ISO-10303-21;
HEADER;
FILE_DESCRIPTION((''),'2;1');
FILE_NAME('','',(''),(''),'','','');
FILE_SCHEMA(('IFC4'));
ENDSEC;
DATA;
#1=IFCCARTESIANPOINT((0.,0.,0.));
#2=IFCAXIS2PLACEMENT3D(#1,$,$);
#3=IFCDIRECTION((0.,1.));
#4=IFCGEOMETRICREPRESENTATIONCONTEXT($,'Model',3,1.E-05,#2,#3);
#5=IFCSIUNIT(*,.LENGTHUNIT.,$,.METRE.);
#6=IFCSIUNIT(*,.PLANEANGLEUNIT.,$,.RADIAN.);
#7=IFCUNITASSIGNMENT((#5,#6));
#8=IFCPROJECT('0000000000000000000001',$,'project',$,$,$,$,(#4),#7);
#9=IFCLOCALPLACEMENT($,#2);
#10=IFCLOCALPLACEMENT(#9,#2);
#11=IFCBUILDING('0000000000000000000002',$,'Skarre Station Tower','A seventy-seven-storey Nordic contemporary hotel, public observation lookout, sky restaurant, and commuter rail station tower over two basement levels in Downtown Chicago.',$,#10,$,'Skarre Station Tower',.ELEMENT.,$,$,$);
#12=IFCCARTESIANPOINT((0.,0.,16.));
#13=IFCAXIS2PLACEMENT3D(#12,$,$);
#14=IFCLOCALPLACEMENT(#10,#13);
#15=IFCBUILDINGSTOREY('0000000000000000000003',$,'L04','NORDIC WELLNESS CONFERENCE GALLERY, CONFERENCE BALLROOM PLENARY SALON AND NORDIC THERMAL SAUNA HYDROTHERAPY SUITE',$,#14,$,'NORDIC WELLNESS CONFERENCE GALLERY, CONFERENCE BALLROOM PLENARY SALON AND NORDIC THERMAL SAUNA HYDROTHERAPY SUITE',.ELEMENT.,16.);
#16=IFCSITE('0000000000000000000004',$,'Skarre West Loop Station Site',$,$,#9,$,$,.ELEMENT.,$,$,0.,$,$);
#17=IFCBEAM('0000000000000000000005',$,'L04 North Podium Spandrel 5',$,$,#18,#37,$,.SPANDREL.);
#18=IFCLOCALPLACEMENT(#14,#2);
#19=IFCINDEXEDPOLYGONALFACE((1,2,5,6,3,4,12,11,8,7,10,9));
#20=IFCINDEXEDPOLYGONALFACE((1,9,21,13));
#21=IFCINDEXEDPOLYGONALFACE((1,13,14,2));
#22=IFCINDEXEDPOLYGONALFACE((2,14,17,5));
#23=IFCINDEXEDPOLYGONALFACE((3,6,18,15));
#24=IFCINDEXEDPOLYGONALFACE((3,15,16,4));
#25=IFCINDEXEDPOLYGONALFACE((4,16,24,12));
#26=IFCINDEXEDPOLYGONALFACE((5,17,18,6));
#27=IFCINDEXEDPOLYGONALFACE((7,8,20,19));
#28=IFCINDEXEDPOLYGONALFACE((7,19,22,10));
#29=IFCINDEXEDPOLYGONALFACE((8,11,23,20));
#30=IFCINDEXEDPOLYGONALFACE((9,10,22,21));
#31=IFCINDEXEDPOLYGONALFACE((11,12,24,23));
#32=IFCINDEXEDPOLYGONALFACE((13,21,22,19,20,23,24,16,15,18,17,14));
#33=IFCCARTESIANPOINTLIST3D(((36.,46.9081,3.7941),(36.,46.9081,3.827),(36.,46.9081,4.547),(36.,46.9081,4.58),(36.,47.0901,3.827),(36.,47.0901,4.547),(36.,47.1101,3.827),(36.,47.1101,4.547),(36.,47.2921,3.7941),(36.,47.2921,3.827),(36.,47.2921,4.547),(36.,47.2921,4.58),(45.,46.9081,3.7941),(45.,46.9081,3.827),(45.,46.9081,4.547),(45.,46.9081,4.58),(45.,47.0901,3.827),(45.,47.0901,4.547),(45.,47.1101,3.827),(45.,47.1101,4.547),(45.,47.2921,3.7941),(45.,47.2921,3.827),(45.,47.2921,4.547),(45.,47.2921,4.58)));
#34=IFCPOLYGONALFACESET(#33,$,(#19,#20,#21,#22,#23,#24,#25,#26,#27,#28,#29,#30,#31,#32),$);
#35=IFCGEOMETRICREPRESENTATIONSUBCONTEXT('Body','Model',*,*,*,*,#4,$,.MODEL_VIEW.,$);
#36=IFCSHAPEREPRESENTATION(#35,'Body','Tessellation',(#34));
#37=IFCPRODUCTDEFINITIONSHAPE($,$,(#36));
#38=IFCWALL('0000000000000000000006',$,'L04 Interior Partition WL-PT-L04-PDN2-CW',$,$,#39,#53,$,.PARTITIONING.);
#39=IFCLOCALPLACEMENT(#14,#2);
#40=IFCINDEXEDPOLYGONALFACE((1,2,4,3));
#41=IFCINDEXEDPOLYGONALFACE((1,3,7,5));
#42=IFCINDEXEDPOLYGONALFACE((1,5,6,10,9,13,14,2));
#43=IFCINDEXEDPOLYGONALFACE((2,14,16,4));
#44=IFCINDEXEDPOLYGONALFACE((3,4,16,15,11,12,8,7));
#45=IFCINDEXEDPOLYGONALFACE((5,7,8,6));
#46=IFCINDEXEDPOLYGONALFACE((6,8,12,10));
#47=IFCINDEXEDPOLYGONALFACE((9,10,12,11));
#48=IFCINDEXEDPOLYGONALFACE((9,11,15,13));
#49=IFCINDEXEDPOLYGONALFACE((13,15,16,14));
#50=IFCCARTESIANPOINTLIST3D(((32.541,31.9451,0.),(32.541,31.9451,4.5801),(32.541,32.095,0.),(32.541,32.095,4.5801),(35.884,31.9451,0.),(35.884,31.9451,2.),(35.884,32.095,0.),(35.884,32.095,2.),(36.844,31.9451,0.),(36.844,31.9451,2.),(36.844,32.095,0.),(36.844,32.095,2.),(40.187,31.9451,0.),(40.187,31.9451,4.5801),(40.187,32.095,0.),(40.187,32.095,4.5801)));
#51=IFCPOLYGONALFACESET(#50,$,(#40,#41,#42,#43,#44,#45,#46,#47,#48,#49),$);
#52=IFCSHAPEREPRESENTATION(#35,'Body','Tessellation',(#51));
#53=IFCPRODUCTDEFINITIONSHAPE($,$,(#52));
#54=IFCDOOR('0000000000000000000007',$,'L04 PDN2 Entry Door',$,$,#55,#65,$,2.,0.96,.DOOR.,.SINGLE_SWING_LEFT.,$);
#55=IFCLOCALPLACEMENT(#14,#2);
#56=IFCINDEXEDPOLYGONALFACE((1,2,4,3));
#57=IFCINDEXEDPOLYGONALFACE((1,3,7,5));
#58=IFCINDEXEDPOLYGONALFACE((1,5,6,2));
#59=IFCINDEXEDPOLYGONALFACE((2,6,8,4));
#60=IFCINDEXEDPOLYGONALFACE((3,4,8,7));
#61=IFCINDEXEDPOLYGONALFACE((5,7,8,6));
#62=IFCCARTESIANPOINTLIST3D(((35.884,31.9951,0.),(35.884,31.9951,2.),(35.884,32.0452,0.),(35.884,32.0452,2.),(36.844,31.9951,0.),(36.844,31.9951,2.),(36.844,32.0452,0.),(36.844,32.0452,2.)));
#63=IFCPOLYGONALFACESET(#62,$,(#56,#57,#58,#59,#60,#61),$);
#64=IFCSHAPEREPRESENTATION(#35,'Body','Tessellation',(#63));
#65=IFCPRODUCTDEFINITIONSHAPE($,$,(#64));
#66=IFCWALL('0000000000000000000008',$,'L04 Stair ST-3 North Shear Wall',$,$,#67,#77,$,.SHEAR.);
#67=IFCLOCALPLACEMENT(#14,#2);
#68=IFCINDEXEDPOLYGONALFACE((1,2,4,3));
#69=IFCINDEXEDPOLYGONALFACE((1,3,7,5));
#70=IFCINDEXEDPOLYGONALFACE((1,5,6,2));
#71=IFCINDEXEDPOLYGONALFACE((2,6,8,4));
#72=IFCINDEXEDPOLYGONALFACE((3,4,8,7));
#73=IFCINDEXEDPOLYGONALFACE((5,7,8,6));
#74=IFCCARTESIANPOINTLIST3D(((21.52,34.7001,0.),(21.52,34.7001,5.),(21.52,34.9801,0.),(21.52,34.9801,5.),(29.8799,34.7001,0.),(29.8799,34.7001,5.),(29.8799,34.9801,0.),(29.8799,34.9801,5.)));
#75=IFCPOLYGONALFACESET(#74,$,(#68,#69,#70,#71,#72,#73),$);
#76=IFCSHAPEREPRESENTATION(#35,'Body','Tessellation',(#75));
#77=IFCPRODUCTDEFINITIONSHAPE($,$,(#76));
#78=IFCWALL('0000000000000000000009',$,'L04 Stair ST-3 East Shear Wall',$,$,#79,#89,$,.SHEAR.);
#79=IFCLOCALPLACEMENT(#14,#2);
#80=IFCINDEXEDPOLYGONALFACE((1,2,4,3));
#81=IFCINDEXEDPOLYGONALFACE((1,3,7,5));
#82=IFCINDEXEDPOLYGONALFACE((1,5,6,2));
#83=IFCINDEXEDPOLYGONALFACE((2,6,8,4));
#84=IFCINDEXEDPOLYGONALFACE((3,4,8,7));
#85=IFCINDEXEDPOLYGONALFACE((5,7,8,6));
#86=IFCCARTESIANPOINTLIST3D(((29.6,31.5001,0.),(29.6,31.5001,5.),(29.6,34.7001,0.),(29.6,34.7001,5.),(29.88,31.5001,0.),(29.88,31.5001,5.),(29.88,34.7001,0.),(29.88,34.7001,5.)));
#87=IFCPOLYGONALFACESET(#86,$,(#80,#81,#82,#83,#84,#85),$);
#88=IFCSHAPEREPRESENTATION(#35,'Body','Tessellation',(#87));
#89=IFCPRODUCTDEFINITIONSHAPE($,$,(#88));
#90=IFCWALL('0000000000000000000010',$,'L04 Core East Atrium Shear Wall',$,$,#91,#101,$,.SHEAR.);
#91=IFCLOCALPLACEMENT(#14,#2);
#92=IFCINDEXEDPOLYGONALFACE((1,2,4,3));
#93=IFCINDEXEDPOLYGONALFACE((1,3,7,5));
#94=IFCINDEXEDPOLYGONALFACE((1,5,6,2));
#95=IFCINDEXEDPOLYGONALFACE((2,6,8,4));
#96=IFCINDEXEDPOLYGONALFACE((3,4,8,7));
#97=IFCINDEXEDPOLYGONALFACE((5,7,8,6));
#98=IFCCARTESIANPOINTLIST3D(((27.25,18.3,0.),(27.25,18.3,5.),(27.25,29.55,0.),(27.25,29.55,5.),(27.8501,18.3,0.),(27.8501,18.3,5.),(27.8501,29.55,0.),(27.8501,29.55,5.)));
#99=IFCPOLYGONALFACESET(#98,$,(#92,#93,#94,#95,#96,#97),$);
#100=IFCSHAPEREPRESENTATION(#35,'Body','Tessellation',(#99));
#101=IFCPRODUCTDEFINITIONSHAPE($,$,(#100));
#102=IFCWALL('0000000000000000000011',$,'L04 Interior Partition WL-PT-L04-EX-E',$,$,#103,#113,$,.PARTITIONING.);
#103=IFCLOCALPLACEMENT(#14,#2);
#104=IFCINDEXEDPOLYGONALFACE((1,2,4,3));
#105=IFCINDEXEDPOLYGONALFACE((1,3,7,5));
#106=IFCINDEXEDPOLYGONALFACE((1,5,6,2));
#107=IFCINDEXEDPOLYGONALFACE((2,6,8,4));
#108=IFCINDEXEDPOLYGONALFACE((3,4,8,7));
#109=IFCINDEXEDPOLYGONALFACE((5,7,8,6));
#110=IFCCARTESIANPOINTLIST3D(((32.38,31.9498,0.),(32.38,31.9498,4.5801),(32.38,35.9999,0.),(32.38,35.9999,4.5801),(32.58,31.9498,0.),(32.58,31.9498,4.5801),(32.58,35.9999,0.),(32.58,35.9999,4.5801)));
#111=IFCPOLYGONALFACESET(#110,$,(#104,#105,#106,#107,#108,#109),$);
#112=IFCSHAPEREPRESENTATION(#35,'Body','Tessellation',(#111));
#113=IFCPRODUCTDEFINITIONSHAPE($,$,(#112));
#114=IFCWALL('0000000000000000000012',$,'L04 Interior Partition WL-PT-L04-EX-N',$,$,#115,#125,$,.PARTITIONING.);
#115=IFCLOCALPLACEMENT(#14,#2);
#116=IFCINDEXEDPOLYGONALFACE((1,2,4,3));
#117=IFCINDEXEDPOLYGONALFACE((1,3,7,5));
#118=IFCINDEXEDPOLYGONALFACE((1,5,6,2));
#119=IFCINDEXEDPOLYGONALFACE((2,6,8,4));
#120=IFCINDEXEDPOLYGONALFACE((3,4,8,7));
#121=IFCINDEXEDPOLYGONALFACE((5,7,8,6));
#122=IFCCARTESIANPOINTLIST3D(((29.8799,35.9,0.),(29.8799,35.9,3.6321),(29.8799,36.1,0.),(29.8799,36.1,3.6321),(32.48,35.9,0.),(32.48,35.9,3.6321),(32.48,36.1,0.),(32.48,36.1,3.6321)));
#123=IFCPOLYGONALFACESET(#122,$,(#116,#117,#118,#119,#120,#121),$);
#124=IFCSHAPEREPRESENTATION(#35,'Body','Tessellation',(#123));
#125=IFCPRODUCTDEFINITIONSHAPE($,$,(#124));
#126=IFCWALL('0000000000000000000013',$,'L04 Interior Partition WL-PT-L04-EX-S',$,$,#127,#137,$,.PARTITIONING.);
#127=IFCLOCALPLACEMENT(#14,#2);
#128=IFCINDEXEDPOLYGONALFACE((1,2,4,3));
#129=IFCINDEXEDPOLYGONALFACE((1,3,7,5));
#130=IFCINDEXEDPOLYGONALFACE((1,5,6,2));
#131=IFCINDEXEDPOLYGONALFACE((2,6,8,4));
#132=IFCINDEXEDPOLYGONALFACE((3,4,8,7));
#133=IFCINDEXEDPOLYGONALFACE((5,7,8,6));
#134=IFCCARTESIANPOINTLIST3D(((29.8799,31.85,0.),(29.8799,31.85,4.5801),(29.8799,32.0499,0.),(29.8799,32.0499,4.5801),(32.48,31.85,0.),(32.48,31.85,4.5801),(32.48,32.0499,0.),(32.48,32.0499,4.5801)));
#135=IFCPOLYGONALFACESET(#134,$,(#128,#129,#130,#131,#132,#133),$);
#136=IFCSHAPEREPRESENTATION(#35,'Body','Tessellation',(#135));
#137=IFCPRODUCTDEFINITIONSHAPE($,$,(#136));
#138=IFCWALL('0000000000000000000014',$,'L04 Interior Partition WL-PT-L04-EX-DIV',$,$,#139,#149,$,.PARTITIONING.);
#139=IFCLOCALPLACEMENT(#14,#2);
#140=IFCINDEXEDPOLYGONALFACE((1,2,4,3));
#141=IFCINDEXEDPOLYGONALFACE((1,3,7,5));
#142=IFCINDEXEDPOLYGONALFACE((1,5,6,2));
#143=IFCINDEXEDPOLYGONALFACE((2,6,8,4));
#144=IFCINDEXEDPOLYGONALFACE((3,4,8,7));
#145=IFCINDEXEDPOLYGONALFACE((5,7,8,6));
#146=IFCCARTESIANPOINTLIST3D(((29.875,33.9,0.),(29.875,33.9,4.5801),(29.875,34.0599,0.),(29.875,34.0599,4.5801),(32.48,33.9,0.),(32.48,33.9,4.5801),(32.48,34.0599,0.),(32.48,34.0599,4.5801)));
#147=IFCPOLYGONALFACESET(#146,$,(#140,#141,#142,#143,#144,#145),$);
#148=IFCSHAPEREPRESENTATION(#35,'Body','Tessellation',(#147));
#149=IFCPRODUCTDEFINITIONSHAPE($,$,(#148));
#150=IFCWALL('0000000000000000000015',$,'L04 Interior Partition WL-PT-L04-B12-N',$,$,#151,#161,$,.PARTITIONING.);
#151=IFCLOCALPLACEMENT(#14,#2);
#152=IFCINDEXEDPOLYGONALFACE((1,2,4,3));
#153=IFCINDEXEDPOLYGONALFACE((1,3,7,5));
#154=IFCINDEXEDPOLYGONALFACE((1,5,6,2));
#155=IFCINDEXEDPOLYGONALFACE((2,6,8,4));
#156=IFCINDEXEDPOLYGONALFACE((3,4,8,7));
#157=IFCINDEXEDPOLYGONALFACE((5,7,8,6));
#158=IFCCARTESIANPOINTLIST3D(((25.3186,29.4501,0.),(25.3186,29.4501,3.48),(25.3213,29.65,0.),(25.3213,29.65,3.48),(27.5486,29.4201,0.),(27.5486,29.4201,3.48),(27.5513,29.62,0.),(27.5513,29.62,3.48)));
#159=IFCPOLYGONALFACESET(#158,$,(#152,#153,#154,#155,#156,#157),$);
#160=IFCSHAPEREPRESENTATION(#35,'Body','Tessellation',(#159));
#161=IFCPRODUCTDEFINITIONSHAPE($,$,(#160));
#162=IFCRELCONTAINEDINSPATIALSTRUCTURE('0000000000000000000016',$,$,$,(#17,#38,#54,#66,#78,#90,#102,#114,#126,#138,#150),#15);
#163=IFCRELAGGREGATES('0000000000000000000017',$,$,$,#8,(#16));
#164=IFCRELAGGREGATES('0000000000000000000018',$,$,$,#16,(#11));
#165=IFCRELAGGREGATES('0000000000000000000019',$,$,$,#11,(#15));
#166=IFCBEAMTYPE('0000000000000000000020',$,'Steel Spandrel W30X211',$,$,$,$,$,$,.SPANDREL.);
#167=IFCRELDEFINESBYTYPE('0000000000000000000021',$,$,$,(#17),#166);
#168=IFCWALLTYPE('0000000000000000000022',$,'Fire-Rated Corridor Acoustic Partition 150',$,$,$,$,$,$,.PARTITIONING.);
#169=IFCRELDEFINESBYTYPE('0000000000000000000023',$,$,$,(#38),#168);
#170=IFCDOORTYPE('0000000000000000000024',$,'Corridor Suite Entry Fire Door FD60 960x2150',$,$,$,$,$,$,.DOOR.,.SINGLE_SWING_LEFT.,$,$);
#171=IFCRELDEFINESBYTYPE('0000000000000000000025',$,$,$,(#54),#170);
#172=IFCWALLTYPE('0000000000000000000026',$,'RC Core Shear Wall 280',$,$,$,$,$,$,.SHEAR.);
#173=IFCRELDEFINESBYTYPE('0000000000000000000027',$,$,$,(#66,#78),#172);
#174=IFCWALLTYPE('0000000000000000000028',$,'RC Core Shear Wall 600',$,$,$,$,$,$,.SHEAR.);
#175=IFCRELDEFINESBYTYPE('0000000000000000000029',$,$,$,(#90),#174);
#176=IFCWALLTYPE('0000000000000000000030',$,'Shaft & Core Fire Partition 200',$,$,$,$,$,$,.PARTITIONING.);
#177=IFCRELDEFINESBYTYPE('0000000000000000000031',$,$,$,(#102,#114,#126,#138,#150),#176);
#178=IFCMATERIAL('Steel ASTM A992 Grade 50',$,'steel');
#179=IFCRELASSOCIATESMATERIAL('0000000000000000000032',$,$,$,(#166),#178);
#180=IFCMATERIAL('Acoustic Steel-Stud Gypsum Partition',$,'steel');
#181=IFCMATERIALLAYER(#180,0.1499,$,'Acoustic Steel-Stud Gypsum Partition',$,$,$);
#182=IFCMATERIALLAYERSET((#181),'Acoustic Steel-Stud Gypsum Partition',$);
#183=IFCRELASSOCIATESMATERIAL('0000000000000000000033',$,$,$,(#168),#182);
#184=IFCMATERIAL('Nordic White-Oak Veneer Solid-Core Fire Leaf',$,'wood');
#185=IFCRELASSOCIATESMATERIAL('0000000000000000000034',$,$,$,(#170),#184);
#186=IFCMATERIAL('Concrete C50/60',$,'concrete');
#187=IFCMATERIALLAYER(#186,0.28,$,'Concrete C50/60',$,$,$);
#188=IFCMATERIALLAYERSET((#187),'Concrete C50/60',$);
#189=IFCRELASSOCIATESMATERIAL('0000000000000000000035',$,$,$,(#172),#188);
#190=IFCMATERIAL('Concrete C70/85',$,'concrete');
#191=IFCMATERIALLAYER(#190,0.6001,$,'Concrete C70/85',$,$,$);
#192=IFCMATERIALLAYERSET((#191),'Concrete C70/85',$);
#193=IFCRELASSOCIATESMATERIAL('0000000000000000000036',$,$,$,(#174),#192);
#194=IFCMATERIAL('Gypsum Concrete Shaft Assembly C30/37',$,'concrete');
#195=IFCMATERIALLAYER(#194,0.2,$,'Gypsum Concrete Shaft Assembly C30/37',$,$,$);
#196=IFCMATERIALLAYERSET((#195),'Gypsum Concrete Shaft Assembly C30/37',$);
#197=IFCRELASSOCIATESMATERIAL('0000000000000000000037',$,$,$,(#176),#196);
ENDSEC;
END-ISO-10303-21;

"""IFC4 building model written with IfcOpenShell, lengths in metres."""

from ifc_helpers import new_model, si_unit, direction, frame, frame_2d, origin, origin_2d, place, context, subcontext, project, spatial, rectangle, i_section, extrude, material, layer, layer_set, material_profile, profile_set, type_object, element, fill, save


model = new_model("IFC4")

# Units and contexts
model_context = context("Model", 3, precision=1e-05, world=origin(), true_north=direction((0.0, 1.0)))
body_context = subcontext(model_context, "Body", "Model", "MODEL_VIEW")
ifc_project = project(units=[si_unit("LENGTHUNIT", "METRE"), si_unit("PLANEANGLEUNIT", "RADIAN")], contexts=[model_context])

# Site, building, storey
site_placement = place(None, origin())
site = spatial("IfcSite", under=ifc_project, at=site_placement, Name="Skarre West Loop Station Site", CompositionType="ELEMENT", RefElevation=0.0)
building_placement = place(site_placement, origin())
building = spatial("IfcBuilding", under=site, at=building_placement, Name="Skarre Station Tower", Description="A seventy-seven-storey Nordic contemporary hotel, public observation lookout, sky restaurant, and commuter rail station tower over two basement levels in Downtown Chicago.", LongName="Skarre Station Tower", CompositionType="ELEMENT")
storey_placement = place(building_placement, frame((0.0, 0.0, 16.0)))
storey = spatial("IfcBuildingStorey", under=building, at=storey_placement, Name="L04", Description="NORDIC WELLNESS CONFERENCE GALLERY, CONFERENCE BALLROOM PLENARY SALON AND NORDIC THERMAL SAUNA HYDROTHERAPY SUITE", LongName="NORDIC WELLNESS CONFERENCE GALLERY, CONFERENCE BALLROOM PLENARY SALON AND NORDIC THERMAL SAUNA HYDROTHERAPY SUITE", CompositionType="ELEMENT", Elevation=16.0)

# Shared definitions
ifc_material_1 = material(Name="Concrete C70/85", Category="concrete")

# Beam
ifc_material_2 = material(Name="Steel ASTM A992 Grade 50", Category="steel")
ifc_material_profile_1 = material_profile(ifc_material_2, i_section(OverallWidth=0.384, OverallDepth=0.7859, WebThickness=0.02, FlangeThickness=0.033, at=origin_2d()), Name="Steel ASTM A992 Grade 50")
ifc_profile_set_1 = profile_set([ifc_material_profile_1], Name="Steel ASTM A992 Grade 50")
beam_type_1 = type_object("IfcBeamType", Name="Steel Spandrel W30X211", PredefinedType="SPANDREL", material=ifc_profile_set_1)
beam_1_placement = place(storey_placement, frame((36.0, 47.1001, 4.187), z_axis=(1.0, 0.0, 0.0), x_axis=(0.0, 1.0, 0.0)))
element("IfcBeam", 1, at=beam_1_placement, inside=storey, type_object=beam_type_1, Name="L04 North Podium Spandrel 5", PredefinedType="SPANDREL", context=body_context, shape_type="SweptSolid", body=[
    extrude(i_section(OverallWidth=0.384, OverallDepth=0.7859, WebThickness=0.02, FlangeThickness=0.033, at=origin_2d()), origin(), (0.0, 0.0, 1.0), 9.0),
])

# Wall, opening, door
ifc_material_3 = material(Name="Acoustic Steel-Stud Gypsum Partition", Category="steel")
ifc_layer_1 = layer(ifc_material_3, 0.1499, Name="Acoustic Steel-Stud Gypsum Partition")
ifc_layer_set_1 = layer_set([ifc_layer_1], Name="Acoustic Steel-Stud Gypsum Partition")
wall_type_1 = type_object("IfcWallType", Name="Fire-Rated Corridor Acoustic Partition 150", PredefinedType="PARTITIONING", material=ifc_layer_set_1)
wall_1_placement = place(storey_placement, frame((40.187, 32.02, 0.0), z_axis=(0.0, 0.0, 1.0), x_axis=(-1.0, 0.0, 0.0)))
wall_1 = element("IfcWall", 2, at=wall_1_placement, inside=storey, type_object=wall_type_1, Name="L04 Interior Partition WL-PT-L04-PDN2-CW", PredefinedType="PARTITIONING", context=body_context, shape_type="SweptSolid", body=[
    extrude(rectangle(XDim=7.646, YDim=0.1499, at=frame_2d((3.823, 0.0))), origin(), (0.0, 0.0, 1.0), 4.5801),
])
opening_placement = place(wall_1_placement, frame((3.343, 0.0, 0.0)))
opening = element("IfcOpeningElement", 3, at=opening_placement, cuts=wall_1, PredefinedType="OPENING", context=body_context, shape_type="SweptSolid", body=[
    extrude(rectangle(XDim=0.96, YDim=2.0, at=frame_2d((0.48, 1.0))), frame((0.0, 0.085, 0.0), z_axis=(0.0, -1.0, 0.0), x_axis=(1.0, 0.0, 0.0)), (0.0, 0.0, 1.0), 0.1699),
])
ifc_material_4 = material(Name="Nordic White-Oak Veneer Solid-Core Fire Leaf", Category="wood")
door_type = type_object("IfcDoorType", Name="Corridor Suite Entry Fire Door FD60 960x2150", OperationType="SINGLE_SWING_LEFT", PredefinedType="DOOR", material=ifc_material_4)
door_placement = place(opening_placement, origin())
door = element("IfcDoor", 4, at=door_placement, inside=storey, type_object=door_type, Name="L04 PDN2 Entry Door", OperationType="SINGLE_SWING_LEFT", OverallHeight=2.0, OverallWidth=0.96, PredefinedType="DOOR", context=body_context, shape_type="SweptSolid", body=[
    extrude(rectangle(XDim=0.96, YDim=2.0, at=frame_2d((0.48, 1.0))), frame((0.0, 0.0249, 0.0), z_axis=(0.0, -1.0, 0.0), x_axis=(1.0, 0.0, 0.0)), (0.0, 0.0, 1.0), 0.05),
])
fill(opening, door)

# Walls
ifc_material_5 = material(Name="Concrete C50/60", Category="concrete")
ifc_layer_2 = layer(ifc_material_5, 0.28, Name="Concrete C50/60")
ifc_layer_set_2 = layer_set([ifc_layer_2], Name="Concrete C50/60")
wall_type_2 = type_object("IfcWallType", Name="RC Core Shear Wall 280", PredefinedType="SHEAR", material=ifc_layer_set_2)
wall_2_placement = place(storey_placement, frame((29.8799, 34.8401, 0.0), z_axis=(0.0, 0.0, 1.0), x_axis=(-1.0, 0.0, 0.0)))
element("IfcWall", 5, at=wall_2_placement, inside=storey, type_object=wall_type_2, Name="L04 Stair ST-3 North Shear Wall", PredefinedType="SHEAR", context=body_context, shape_type="SweptSolid", body=[
    extrude(rectangle(XDim=8.3599, YDim=0.28, at=frame_2d((4.1799, 0.0))), origin(), (0.0, 0.0, 1.0), 5.0),
])
wall_3_placement = place(storey_placement, frame((29.74, 31.5, 0.0), z_axis=(0.0, 0.0, 1.0), x_axis=(0.0, 1.0, 0.0)))
element("IfcWall", 6, at=wall_3_placement, inside=storey, type_object=wall_type_2, Name="L04 Stair ST-3 East Shear Wall", PredefinedType="SHEAR", context=body_context, shape_type="SweptSolid", body=[
    extrude(rectangle(XDim=3.2, YDim=0.28, at=frame_2d((1.6001, 0.0))), origin(), (0.0, 0.0, 1.0), 5.0),
])
ifc_layer_3 = layer(ifc_material_1, 0.6001, Name="Concrete C70/85")
ifc_layer_set_3 = layer_set([ifc_layer_3], Name="Concrete C70/85")
wall_type_3 = type_object("IfcWallType", Name="RC Core Shear Wall 600", PredefinedType="SHEAR", material=ifc_layer_set_3)
wall_4_placement = place(storey_placement, frame((27.55, 29.55, 0.0), z_axis=(0.0, 0.0, 1.0), x_axis=(0.0, -1.0, 0.0)))
element("IfcWall", 7, at=wall_4_placement, inside=storey, type_object=wall_type_3, Name="L04 Core East Atrium Shear Wall", PredefinedType="SHEAR", context=body_context, shape_type="SweptSolid", body=[
    extrude(rectangle(XDim=11.25, YDim=0.6001, at=frame_2d((5.625, 0.0))), origin(), (0.0, 0.0, 1.0), 5.0),
])
ifc_material_6 = material(Name="Gypsum Concrete Shaft Assembly C30/37", Category="concrete")
ifc_layer_4 = layer(ifc_material_6, 0.2, Name="Gypsum Concrete Shaft Assembly C30/37")
ifc_layer_set_4 = layer_set([ifc_layer_4], Name="Gypsum Concrete Shaft Assembly C30/37")
wall_type_4 = type_object("IfcWallType", Name="Shaft & Core Fire Partition 200", PredefinedType="PARTITIONING", material=ifc_layer_set_4)
wall_5_placement = place(storey_placement, frame((32.48, 31.95, 0.0), z_axis=(0.0, 0.0, 1.0), x_axis=(0.0, 1.0, 0.0)))
element("IfcWall", 8, at=wall_5_placement, inside=storey, type_object=wall_type_4, Name="L04 Interior Partition WL-PT-L04-EX-E", PredefinedType="PARTITIONING", context=body_context, shape_type="SweptSolid", body=[
    extrude(rectangle(XDim=4.05, YDim=0.2, at=frame_2d((2.0249, 0.0))), origin(), (0.0, 0.0, 1.0), 4.5801),
])
wall_6_placement = place(storey_placement, frame((29.8799, 36.0, 0.0), z_axis=(0.0, 0.0, 1.0), x_axis=(1.0, 0.0, 0.0)))
element("IfcWall", 9, at=wall_6_placement, inside=storey, type_object=wall_type_4, Name="L04 Interior Partition WL-PT-L04-EX-N", PredefinedType="PARTITIONING", context=body_context, shape_type="SweptSolid", body=[
    extrude(rectangle(XDim=2.6001, YDim=0.2, at=frame_2d((1.3, 0.0))), origin(), (0.0, 0.0, 1.0), 3.6321),
])
wall_7_placement = place(storey_placement, frame((32.48, 31.95, 0.0), z_axis=(0.0, 0.0, 1.0), x_axis=(-1.0, 0.0, 0.0)))
element("IfcWall", 10, at=wall_7_placement, inside=storey, type_object=wall_type_4, Name="L04 Interior Partition WL-PT-L04-EX-S", PredefinedType="PARTITIONING", context=body_context, shape_type="SweptSolid", body=[
    extrude(rectangle(XDim=2.6001, YDim=0.2, at=frame_2d((1.3, 0.0))), origin(), (0.0, 0.0, 1.0), 4.5801),
])
wall_8_placement = place(storey_placement, frame((29.875, 33.98, 0.0), z_axis=(0.0, 0.0, 1.0), x_axis=(1.0, 0.0, 0.0)))
element("IfcWall", 11, at=wall_8_placement, inside=storey, type_object=wall_type_4, Name="L04 Interior Partition WL-PT-L04-EX-DIV", PredefinedType="PARTITIONING", context=body_context, shape_type="SweptSolid", body=[
    extrude(rectangle(XDim=2.605, YDim=0.1599, at=frame_2d((1.3025, 0.0))), origin(), (0.0, 0.0, 1.0), 4.5801),
])
wall_9_placement = place(storey_placement, frame((27.55, 29.52, 0.0), z_axis=(0.0, 0.0, 1.0), x_axis=(-0.999909, 0.013465, 0.0)))
element("IfcWall", 12, at=wall_9_placement, inside=storey, type_object=wall_type_4, Name="L04 Interior Partition WL-PT-L04-B12-N", PredefinedType="PARTITIONING", context=body_context, shape_type="SweptSolid", body=[
    extrude(rectangle(XDim=2.2302, YDim=0.2, at=frame_2d((1.1152, 0.0))), origin(), (0.0, 0.0, 1.0), 3.48),
])

save(model, "model.ifc")
